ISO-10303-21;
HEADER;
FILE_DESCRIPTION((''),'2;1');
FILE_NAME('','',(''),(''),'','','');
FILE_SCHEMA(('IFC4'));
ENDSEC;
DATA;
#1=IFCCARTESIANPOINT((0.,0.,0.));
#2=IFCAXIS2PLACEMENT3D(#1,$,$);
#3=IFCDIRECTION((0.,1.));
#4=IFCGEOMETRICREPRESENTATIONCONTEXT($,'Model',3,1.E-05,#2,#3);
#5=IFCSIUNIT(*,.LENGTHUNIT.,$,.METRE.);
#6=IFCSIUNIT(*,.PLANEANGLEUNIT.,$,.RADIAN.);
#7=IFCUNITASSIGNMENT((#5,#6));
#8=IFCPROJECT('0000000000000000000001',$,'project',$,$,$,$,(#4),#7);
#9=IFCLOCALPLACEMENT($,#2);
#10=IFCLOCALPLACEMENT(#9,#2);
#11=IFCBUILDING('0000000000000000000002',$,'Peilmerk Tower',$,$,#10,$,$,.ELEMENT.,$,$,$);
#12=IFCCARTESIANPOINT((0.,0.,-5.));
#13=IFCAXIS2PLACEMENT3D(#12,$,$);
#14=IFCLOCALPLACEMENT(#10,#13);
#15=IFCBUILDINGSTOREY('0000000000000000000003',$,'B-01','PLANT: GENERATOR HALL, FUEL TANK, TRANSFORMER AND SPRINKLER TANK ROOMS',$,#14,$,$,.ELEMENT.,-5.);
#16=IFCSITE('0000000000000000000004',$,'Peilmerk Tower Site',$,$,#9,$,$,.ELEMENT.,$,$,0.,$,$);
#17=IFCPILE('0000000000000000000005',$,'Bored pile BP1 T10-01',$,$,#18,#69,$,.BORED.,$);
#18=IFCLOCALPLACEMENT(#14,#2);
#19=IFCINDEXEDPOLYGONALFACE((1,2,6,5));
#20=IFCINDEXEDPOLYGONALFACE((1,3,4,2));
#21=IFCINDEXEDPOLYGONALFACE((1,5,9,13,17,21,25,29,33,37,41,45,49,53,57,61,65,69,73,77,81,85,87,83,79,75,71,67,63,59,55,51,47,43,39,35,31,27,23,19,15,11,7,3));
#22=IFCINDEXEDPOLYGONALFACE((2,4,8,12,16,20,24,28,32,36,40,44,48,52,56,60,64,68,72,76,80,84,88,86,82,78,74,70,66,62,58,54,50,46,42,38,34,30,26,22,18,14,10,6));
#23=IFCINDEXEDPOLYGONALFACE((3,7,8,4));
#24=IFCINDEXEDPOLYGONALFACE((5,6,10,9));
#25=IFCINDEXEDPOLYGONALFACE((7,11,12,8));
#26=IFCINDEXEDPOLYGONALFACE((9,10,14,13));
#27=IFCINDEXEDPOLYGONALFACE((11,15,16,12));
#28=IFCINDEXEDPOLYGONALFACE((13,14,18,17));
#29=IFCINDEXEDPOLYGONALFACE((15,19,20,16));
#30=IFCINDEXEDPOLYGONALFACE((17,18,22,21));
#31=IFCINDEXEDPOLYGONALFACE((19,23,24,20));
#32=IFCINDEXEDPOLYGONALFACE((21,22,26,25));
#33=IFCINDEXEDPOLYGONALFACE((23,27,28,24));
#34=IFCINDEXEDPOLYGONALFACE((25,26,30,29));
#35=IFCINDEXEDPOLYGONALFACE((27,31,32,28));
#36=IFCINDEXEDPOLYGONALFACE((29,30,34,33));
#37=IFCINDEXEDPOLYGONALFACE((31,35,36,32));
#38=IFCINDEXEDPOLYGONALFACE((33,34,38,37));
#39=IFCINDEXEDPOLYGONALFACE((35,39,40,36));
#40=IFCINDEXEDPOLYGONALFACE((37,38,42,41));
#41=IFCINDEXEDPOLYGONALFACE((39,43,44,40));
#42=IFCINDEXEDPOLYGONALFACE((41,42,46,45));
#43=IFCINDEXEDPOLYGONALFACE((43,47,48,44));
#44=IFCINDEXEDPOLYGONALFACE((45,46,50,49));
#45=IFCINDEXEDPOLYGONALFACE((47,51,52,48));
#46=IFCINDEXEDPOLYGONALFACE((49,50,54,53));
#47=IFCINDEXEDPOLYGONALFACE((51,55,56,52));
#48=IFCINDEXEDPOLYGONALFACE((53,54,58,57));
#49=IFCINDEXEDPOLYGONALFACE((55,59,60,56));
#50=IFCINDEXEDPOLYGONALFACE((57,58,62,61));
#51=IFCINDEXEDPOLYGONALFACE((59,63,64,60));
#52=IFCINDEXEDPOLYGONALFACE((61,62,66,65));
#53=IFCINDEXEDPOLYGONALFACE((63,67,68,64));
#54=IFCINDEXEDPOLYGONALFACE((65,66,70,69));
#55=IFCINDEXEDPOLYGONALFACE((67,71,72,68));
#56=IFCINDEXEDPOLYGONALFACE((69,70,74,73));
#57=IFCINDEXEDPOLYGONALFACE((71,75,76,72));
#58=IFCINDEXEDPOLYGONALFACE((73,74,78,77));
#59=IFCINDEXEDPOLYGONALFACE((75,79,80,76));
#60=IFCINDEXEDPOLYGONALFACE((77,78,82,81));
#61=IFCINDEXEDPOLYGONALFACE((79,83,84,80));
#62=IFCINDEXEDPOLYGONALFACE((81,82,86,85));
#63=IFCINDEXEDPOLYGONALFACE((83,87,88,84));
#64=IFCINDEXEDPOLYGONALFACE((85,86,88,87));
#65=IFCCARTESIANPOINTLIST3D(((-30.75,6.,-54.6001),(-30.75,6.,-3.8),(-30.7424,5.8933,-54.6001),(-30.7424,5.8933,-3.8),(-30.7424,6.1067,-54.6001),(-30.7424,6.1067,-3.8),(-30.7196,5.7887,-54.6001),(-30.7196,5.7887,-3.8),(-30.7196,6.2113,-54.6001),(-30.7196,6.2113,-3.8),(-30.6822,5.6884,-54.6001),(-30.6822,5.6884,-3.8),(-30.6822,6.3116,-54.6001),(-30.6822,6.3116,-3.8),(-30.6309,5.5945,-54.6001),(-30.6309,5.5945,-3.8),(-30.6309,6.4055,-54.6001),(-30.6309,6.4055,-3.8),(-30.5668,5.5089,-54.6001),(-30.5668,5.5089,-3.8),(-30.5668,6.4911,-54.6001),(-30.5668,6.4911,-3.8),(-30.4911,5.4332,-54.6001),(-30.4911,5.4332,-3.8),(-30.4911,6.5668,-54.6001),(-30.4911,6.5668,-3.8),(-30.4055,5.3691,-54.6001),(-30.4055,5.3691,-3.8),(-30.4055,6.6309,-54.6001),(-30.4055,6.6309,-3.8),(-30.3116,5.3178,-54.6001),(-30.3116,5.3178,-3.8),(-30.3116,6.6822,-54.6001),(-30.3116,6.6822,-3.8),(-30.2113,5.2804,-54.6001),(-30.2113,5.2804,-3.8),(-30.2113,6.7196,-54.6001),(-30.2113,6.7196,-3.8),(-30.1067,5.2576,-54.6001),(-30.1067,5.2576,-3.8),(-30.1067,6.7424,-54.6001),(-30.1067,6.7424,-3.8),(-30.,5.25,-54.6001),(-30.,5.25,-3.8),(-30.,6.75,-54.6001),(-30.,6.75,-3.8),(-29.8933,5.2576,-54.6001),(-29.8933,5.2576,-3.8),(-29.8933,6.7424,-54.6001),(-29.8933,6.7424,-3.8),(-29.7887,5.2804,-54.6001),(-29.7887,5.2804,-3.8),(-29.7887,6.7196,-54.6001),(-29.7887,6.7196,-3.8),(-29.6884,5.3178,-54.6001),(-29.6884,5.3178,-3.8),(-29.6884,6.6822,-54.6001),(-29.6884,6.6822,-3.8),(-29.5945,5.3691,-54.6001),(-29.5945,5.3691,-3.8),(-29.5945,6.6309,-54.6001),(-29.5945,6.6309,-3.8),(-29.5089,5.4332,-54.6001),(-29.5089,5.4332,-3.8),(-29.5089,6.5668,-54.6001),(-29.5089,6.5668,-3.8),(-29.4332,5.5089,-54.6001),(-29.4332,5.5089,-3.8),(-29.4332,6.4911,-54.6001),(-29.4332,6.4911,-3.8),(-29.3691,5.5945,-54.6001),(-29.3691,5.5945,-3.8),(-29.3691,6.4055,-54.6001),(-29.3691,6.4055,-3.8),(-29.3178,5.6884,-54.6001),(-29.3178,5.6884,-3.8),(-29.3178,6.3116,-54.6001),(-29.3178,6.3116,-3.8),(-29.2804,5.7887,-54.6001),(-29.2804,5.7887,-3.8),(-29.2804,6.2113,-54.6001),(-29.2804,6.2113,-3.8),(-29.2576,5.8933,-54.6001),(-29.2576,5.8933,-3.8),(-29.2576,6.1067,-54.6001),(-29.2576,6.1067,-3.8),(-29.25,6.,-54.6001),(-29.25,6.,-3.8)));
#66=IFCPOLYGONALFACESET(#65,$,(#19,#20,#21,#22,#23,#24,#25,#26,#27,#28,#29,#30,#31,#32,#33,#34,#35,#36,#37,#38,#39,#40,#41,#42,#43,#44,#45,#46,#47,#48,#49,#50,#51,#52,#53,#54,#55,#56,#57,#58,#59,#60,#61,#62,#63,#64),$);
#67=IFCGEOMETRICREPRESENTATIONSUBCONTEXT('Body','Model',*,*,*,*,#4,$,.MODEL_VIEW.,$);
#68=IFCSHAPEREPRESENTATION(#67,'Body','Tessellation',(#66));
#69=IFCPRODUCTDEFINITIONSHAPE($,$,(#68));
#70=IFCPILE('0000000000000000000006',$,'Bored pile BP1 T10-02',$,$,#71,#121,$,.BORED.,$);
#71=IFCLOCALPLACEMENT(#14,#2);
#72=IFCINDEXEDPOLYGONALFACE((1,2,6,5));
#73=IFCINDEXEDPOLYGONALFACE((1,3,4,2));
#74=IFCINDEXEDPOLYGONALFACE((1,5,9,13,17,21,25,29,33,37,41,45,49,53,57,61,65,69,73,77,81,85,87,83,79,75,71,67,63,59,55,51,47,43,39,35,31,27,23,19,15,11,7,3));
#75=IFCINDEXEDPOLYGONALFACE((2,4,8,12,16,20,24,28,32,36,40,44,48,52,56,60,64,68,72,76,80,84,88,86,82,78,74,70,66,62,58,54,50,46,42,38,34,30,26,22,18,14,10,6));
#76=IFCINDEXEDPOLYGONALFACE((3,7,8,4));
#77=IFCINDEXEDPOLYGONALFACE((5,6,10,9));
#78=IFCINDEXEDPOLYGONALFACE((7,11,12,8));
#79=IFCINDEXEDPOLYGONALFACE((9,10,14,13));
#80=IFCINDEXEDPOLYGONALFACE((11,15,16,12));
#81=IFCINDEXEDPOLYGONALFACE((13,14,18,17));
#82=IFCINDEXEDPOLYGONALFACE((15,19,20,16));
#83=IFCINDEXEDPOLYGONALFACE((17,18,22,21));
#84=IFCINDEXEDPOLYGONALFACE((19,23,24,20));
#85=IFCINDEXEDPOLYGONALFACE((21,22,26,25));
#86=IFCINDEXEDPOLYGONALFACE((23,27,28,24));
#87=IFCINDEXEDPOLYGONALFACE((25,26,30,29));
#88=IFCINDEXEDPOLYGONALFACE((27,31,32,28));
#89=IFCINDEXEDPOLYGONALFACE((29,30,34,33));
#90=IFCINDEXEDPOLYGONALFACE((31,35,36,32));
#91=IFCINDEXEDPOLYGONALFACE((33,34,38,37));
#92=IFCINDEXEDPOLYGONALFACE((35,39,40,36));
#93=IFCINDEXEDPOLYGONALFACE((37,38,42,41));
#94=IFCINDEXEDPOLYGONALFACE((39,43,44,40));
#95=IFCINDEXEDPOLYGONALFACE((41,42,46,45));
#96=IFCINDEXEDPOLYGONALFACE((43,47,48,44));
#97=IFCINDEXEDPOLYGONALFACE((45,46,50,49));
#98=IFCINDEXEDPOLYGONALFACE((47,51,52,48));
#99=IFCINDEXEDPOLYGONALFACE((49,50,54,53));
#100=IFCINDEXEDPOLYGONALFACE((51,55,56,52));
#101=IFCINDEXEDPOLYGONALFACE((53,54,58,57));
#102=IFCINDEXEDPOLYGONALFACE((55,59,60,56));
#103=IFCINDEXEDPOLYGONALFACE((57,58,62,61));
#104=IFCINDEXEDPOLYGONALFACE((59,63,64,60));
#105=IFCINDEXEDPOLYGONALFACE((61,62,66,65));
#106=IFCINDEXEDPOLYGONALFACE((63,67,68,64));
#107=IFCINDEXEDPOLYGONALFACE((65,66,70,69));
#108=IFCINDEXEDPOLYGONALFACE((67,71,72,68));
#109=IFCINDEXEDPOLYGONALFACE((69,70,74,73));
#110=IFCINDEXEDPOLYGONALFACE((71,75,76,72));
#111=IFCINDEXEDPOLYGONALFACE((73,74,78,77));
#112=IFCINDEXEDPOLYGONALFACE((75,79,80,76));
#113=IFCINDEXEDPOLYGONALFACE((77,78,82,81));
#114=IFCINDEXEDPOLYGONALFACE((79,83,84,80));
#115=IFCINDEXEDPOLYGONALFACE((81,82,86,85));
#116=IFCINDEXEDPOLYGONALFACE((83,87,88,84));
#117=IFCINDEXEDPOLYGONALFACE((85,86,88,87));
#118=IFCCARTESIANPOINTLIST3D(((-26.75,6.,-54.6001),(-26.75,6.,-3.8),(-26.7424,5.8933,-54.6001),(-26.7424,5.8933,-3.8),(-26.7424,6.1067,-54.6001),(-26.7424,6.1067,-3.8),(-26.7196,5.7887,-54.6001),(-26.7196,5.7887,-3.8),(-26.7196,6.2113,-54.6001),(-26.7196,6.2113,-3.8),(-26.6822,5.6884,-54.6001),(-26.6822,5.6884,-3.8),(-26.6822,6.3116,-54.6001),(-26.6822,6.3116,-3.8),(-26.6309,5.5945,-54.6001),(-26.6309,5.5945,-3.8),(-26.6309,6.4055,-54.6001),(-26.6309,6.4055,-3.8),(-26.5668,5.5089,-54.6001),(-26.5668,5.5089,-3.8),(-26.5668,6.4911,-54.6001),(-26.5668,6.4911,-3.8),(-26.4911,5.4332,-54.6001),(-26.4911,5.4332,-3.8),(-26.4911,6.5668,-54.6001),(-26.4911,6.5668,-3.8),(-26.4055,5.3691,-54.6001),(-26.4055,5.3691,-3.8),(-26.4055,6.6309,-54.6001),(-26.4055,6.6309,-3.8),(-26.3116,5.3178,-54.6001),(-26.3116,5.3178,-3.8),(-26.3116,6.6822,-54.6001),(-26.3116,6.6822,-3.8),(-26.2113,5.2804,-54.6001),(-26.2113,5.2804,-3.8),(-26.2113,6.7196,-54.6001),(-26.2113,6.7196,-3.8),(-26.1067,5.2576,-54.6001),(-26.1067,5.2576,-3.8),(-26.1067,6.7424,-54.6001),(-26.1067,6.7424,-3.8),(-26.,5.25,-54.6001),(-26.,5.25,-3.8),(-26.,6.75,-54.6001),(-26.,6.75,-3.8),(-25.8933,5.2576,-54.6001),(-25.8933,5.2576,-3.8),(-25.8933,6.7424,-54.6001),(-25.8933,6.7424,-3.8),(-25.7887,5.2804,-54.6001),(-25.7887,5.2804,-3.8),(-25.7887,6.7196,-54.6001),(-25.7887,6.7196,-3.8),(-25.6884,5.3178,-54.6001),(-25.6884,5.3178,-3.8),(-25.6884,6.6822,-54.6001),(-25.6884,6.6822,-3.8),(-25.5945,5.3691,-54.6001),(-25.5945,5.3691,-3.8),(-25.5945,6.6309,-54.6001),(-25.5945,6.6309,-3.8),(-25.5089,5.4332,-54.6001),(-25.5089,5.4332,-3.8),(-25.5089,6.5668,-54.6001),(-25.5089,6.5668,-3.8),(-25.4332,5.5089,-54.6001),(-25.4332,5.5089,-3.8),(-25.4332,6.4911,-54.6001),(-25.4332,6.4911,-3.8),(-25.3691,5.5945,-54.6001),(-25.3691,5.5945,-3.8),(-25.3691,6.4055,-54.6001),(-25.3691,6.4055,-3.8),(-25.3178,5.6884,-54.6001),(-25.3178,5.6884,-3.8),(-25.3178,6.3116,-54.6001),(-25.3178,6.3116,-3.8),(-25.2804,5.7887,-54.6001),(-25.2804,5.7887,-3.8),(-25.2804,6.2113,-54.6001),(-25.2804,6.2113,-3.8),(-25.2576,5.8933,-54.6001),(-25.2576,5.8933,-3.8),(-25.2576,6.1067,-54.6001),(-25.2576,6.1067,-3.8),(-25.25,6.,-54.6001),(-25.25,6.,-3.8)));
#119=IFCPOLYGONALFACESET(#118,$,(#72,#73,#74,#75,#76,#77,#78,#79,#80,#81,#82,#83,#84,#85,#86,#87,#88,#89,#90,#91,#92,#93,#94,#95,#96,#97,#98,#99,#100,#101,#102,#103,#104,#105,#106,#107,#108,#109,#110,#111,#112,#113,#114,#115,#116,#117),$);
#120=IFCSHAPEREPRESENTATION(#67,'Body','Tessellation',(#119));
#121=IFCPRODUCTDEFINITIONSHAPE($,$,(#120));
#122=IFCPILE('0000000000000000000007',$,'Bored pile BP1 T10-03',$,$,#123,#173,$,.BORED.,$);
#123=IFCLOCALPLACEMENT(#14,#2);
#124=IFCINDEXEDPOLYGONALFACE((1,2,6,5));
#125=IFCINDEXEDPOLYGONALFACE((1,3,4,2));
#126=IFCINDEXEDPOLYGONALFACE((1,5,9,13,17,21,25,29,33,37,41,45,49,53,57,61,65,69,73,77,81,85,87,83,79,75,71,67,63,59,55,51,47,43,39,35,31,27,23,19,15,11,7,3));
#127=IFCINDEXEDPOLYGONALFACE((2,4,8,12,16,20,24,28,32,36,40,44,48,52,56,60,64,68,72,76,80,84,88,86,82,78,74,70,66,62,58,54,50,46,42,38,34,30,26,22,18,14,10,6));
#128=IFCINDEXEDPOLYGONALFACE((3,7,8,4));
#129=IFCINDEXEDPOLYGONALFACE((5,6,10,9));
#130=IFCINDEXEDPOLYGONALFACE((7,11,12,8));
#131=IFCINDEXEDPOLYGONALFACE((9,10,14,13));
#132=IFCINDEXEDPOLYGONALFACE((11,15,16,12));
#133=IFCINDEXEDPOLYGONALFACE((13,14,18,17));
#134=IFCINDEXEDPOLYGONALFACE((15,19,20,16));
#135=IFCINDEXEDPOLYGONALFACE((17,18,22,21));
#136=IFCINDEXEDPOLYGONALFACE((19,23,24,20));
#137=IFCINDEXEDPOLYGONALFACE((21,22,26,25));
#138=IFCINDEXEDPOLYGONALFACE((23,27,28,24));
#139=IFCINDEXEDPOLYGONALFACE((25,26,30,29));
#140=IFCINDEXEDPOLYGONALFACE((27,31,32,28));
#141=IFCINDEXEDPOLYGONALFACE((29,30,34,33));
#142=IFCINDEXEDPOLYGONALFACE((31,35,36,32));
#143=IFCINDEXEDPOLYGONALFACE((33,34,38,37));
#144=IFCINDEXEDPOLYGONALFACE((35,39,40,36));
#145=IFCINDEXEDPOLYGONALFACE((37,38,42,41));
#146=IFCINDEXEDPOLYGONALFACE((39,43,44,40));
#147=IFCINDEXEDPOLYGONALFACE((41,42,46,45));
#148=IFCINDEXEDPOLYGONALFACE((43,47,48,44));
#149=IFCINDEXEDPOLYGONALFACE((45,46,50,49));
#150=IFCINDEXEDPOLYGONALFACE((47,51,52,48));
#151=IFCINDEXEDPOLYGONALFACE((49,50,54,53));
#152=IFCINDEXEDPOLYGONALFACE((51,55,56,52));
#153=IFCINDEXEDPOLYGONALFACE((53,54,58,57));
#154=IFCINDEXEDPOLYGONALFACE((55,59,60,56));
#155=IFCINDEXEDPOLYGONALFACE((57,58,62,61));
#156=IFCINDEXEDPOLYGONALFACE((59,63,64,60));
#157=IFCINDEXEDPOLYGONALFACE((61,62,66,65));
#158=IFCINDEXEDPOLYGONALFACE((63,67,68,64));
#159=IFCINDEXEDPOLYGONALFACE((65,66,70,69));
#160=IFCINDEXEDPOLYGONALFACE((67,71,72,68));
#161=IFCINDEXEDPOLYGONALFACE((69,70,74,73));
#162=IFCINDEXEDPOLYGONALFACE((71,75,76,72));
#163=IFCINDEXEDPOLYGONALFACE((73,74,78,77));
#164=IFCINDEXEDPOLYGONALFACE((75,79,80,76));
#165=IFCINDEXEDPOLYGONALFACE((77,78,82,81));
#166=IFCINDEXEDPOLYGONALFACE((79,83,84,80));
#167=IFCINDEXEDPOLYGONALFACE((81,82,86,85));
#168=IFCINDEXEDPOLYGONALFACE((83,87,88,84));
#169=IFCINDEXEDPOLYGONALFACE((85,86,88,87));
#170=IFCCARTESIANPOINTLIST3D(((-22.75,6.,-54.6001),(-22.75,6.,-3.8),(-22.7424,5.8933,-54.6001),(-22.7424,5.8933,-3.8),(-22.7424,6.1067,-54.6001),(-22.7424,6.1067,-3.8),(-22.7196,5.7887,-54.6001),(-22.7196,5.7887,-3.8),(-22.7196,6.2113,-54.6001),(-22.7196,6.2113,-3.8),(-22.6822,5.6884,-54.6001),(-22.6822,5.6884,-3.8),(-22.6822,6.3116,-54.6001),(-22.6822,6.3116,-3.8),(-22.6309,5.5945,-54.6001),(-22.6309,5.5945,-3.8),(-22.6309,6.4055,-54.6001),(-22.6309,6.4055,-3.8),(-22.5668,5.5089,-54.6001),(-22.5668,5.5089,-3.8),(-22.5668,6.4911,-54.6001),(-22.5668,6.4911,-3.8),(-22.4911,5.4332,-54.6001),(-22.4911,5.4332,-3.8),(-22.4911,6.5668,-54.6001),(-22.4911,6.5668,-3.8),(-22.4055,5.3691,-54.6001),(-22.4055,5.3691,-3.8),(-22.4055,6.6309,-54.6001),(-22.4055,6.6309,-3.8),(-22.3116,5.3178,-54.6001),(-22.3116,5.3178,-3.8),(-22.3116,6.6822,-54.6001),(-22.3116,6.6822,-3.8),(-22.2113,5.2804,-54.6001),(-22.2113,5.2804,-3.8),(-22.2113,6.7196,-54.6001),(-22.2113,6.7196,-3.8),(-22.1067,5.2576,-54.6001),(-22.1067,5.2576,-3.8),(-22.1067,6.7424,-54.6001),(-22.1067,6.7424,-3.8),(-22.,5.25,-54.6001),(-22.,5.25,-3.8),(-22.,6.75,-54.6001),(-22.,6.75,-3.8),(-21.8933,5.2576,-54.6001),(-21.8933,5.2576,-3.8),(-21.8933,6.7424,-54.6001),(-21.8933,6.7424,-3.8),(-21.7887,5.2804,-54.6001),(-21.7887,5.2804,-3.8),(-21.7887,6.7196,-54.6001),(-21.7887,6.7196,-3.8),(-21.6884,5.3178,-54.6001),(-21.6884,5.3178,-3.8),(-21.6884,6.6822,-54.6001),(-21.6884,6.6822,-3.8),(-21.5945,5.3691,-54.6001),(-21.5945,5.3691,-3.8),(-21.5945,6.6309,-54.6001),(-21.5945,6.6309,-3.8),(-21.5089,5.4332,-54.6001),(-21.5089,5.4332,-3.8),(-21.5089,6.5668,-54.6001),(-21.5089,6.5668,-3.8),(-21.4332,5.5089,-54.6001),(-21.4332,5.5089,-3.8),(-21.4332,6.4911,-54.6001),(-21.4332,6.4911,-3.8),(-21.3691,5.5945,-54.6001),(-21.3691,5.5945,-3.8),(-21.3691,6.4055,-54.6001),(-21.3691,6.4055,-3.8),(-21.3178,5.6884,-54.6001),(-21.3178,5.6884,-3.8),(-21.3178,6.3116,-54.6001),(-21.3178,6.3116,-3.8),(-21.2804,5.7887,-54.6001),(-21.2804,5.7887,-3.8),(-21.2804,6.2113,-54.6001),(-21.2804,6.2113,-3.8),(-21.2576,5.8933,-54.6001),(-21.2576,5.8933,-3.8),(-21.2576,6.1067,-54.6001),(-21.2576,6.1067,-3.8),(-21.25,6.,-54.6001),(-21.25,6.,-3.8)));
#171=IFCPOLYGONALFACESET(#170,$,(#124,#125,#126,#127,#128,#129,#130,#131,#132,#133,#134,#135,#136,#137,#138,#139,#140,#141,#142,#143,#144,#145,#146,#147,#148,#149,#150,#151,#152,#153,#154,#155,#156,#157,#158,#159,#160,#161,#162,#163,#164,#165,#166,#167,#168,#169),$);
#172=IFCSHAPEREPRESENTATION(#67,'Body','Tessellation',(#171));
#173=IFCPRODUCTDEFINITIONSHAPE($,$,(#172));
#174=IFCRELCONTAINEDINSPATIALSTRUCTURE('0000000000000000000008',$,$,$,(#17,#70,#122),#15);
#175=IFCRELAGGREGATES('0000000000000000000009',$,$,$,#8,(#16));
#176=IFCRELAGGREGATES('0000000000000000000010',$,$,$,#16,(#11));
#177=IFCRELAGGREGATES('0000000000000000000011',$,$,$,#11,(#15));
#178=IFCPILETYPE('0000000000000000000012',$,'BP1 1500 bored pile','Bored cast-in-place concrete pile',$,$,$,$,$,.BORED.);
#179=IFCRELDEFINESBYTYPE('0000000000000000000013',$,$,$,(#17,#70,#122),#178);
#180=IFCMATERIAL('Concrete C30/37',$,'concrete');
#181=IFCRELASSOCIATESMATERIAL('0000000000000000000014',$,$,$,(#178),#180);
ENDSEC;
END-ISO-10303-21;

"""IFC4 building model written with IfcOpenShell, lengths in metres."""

from ifc_helpers import new_model, si_unit, direction, frame, origin, origin_2d, place, context, subcontext, project, spatial, circle, extrude, material, material_profile, profile_set, type_object, element, save


model = new_model("IFC4")

# Units and contexts
model_context = context("Model", 3, precision=1e-05, world=origin(), true_north=direction((0.0, 1.0)))
body_context = subcontext(model_context, "Body", "Model", "MODEL_VIEW")
ifc_project = project(units=[si_unit("LENGTHUNIT", "METRE"), si_unit("PLANEANGLEUNIT", "RADIAN")], contexts=[model_context])

# Site, building, storey
site_placement = place(None, origin())
site = spatial("IfcSite", under=ifc_project, at=site_placement, Name="Peilmerk Tower Site", CompositionType="ELEMENT", RefElevation=0.0)
building_placement = place(site_placement, origin())
building = spatial("IfcBuilding", under=site, at=building_placement, Name="Peilmerk Tower", CompositionType="ELEMENT")
storey_placement = place(building_placement, frame((0.0, 0.0, -5.0)))
storey = spatial("IfcBuildingStorey", under=building, at=storey_placement, Name="B-01", Description="PLANT: GENERATOR HALL, FUEL TANK, TRANSFORMER AND SPRINKLER TANK ROOMS", CompositionType="ELEMENT", Elevation=-5.0)

# Piles
ifc_material_1 = material(Name="Concrete C30/37", Category="concrete")
ifc_material_profile_1 = material_profile(ifc_material_1, circle(Radius=0.75, at=origin_2d()), Name="BP 1500")
ifc_profile_set_1 = profile_set([ifc_material_profile_1], Name="Concrete C30/37")
pile_type_1 = type_object("IfcPileType", Name="BP1 1500 bored pile", Description="Bored cast-in-place concrete pile", PredefinedType="BORED", material=ifc_profile_set_1)
for number, where, z_axis, x_axis, name in (
    (1, (-30.0, 6.0, -3.8), (0.0, 0.0, -1.0), (1.0, 0.0, 0.0), "Bored pile BP1 T10-01"),
    (2, (-26.0, 6.0, -3.8), (0.0, 0.0, -1.0), (1.0, 0.0, 0.0), "Bored pile BP1 T10-02"),
    (3, (-22.0, 6.0, -3.8), (0.0, 0.0, -1.0), (1.0, 0.0, 0.0), "Bored pile BP1 T10-03"),
):
    element("IfcPile", number, at=place(storey_placement, frame(where, z_axis=z_axis, x_axis=x_axis)), inside=storey, type_object=pile_type_1, Name=name, PredefinedType="BORED", context=body_context, shape_type="SweptSolid", body=[
        extrude(circle(Radius=0.75, at=origin_2d()), origin(), (0.0, 0.0, 1.0), 50.8),
    ])

save(model, "model.ifc")
